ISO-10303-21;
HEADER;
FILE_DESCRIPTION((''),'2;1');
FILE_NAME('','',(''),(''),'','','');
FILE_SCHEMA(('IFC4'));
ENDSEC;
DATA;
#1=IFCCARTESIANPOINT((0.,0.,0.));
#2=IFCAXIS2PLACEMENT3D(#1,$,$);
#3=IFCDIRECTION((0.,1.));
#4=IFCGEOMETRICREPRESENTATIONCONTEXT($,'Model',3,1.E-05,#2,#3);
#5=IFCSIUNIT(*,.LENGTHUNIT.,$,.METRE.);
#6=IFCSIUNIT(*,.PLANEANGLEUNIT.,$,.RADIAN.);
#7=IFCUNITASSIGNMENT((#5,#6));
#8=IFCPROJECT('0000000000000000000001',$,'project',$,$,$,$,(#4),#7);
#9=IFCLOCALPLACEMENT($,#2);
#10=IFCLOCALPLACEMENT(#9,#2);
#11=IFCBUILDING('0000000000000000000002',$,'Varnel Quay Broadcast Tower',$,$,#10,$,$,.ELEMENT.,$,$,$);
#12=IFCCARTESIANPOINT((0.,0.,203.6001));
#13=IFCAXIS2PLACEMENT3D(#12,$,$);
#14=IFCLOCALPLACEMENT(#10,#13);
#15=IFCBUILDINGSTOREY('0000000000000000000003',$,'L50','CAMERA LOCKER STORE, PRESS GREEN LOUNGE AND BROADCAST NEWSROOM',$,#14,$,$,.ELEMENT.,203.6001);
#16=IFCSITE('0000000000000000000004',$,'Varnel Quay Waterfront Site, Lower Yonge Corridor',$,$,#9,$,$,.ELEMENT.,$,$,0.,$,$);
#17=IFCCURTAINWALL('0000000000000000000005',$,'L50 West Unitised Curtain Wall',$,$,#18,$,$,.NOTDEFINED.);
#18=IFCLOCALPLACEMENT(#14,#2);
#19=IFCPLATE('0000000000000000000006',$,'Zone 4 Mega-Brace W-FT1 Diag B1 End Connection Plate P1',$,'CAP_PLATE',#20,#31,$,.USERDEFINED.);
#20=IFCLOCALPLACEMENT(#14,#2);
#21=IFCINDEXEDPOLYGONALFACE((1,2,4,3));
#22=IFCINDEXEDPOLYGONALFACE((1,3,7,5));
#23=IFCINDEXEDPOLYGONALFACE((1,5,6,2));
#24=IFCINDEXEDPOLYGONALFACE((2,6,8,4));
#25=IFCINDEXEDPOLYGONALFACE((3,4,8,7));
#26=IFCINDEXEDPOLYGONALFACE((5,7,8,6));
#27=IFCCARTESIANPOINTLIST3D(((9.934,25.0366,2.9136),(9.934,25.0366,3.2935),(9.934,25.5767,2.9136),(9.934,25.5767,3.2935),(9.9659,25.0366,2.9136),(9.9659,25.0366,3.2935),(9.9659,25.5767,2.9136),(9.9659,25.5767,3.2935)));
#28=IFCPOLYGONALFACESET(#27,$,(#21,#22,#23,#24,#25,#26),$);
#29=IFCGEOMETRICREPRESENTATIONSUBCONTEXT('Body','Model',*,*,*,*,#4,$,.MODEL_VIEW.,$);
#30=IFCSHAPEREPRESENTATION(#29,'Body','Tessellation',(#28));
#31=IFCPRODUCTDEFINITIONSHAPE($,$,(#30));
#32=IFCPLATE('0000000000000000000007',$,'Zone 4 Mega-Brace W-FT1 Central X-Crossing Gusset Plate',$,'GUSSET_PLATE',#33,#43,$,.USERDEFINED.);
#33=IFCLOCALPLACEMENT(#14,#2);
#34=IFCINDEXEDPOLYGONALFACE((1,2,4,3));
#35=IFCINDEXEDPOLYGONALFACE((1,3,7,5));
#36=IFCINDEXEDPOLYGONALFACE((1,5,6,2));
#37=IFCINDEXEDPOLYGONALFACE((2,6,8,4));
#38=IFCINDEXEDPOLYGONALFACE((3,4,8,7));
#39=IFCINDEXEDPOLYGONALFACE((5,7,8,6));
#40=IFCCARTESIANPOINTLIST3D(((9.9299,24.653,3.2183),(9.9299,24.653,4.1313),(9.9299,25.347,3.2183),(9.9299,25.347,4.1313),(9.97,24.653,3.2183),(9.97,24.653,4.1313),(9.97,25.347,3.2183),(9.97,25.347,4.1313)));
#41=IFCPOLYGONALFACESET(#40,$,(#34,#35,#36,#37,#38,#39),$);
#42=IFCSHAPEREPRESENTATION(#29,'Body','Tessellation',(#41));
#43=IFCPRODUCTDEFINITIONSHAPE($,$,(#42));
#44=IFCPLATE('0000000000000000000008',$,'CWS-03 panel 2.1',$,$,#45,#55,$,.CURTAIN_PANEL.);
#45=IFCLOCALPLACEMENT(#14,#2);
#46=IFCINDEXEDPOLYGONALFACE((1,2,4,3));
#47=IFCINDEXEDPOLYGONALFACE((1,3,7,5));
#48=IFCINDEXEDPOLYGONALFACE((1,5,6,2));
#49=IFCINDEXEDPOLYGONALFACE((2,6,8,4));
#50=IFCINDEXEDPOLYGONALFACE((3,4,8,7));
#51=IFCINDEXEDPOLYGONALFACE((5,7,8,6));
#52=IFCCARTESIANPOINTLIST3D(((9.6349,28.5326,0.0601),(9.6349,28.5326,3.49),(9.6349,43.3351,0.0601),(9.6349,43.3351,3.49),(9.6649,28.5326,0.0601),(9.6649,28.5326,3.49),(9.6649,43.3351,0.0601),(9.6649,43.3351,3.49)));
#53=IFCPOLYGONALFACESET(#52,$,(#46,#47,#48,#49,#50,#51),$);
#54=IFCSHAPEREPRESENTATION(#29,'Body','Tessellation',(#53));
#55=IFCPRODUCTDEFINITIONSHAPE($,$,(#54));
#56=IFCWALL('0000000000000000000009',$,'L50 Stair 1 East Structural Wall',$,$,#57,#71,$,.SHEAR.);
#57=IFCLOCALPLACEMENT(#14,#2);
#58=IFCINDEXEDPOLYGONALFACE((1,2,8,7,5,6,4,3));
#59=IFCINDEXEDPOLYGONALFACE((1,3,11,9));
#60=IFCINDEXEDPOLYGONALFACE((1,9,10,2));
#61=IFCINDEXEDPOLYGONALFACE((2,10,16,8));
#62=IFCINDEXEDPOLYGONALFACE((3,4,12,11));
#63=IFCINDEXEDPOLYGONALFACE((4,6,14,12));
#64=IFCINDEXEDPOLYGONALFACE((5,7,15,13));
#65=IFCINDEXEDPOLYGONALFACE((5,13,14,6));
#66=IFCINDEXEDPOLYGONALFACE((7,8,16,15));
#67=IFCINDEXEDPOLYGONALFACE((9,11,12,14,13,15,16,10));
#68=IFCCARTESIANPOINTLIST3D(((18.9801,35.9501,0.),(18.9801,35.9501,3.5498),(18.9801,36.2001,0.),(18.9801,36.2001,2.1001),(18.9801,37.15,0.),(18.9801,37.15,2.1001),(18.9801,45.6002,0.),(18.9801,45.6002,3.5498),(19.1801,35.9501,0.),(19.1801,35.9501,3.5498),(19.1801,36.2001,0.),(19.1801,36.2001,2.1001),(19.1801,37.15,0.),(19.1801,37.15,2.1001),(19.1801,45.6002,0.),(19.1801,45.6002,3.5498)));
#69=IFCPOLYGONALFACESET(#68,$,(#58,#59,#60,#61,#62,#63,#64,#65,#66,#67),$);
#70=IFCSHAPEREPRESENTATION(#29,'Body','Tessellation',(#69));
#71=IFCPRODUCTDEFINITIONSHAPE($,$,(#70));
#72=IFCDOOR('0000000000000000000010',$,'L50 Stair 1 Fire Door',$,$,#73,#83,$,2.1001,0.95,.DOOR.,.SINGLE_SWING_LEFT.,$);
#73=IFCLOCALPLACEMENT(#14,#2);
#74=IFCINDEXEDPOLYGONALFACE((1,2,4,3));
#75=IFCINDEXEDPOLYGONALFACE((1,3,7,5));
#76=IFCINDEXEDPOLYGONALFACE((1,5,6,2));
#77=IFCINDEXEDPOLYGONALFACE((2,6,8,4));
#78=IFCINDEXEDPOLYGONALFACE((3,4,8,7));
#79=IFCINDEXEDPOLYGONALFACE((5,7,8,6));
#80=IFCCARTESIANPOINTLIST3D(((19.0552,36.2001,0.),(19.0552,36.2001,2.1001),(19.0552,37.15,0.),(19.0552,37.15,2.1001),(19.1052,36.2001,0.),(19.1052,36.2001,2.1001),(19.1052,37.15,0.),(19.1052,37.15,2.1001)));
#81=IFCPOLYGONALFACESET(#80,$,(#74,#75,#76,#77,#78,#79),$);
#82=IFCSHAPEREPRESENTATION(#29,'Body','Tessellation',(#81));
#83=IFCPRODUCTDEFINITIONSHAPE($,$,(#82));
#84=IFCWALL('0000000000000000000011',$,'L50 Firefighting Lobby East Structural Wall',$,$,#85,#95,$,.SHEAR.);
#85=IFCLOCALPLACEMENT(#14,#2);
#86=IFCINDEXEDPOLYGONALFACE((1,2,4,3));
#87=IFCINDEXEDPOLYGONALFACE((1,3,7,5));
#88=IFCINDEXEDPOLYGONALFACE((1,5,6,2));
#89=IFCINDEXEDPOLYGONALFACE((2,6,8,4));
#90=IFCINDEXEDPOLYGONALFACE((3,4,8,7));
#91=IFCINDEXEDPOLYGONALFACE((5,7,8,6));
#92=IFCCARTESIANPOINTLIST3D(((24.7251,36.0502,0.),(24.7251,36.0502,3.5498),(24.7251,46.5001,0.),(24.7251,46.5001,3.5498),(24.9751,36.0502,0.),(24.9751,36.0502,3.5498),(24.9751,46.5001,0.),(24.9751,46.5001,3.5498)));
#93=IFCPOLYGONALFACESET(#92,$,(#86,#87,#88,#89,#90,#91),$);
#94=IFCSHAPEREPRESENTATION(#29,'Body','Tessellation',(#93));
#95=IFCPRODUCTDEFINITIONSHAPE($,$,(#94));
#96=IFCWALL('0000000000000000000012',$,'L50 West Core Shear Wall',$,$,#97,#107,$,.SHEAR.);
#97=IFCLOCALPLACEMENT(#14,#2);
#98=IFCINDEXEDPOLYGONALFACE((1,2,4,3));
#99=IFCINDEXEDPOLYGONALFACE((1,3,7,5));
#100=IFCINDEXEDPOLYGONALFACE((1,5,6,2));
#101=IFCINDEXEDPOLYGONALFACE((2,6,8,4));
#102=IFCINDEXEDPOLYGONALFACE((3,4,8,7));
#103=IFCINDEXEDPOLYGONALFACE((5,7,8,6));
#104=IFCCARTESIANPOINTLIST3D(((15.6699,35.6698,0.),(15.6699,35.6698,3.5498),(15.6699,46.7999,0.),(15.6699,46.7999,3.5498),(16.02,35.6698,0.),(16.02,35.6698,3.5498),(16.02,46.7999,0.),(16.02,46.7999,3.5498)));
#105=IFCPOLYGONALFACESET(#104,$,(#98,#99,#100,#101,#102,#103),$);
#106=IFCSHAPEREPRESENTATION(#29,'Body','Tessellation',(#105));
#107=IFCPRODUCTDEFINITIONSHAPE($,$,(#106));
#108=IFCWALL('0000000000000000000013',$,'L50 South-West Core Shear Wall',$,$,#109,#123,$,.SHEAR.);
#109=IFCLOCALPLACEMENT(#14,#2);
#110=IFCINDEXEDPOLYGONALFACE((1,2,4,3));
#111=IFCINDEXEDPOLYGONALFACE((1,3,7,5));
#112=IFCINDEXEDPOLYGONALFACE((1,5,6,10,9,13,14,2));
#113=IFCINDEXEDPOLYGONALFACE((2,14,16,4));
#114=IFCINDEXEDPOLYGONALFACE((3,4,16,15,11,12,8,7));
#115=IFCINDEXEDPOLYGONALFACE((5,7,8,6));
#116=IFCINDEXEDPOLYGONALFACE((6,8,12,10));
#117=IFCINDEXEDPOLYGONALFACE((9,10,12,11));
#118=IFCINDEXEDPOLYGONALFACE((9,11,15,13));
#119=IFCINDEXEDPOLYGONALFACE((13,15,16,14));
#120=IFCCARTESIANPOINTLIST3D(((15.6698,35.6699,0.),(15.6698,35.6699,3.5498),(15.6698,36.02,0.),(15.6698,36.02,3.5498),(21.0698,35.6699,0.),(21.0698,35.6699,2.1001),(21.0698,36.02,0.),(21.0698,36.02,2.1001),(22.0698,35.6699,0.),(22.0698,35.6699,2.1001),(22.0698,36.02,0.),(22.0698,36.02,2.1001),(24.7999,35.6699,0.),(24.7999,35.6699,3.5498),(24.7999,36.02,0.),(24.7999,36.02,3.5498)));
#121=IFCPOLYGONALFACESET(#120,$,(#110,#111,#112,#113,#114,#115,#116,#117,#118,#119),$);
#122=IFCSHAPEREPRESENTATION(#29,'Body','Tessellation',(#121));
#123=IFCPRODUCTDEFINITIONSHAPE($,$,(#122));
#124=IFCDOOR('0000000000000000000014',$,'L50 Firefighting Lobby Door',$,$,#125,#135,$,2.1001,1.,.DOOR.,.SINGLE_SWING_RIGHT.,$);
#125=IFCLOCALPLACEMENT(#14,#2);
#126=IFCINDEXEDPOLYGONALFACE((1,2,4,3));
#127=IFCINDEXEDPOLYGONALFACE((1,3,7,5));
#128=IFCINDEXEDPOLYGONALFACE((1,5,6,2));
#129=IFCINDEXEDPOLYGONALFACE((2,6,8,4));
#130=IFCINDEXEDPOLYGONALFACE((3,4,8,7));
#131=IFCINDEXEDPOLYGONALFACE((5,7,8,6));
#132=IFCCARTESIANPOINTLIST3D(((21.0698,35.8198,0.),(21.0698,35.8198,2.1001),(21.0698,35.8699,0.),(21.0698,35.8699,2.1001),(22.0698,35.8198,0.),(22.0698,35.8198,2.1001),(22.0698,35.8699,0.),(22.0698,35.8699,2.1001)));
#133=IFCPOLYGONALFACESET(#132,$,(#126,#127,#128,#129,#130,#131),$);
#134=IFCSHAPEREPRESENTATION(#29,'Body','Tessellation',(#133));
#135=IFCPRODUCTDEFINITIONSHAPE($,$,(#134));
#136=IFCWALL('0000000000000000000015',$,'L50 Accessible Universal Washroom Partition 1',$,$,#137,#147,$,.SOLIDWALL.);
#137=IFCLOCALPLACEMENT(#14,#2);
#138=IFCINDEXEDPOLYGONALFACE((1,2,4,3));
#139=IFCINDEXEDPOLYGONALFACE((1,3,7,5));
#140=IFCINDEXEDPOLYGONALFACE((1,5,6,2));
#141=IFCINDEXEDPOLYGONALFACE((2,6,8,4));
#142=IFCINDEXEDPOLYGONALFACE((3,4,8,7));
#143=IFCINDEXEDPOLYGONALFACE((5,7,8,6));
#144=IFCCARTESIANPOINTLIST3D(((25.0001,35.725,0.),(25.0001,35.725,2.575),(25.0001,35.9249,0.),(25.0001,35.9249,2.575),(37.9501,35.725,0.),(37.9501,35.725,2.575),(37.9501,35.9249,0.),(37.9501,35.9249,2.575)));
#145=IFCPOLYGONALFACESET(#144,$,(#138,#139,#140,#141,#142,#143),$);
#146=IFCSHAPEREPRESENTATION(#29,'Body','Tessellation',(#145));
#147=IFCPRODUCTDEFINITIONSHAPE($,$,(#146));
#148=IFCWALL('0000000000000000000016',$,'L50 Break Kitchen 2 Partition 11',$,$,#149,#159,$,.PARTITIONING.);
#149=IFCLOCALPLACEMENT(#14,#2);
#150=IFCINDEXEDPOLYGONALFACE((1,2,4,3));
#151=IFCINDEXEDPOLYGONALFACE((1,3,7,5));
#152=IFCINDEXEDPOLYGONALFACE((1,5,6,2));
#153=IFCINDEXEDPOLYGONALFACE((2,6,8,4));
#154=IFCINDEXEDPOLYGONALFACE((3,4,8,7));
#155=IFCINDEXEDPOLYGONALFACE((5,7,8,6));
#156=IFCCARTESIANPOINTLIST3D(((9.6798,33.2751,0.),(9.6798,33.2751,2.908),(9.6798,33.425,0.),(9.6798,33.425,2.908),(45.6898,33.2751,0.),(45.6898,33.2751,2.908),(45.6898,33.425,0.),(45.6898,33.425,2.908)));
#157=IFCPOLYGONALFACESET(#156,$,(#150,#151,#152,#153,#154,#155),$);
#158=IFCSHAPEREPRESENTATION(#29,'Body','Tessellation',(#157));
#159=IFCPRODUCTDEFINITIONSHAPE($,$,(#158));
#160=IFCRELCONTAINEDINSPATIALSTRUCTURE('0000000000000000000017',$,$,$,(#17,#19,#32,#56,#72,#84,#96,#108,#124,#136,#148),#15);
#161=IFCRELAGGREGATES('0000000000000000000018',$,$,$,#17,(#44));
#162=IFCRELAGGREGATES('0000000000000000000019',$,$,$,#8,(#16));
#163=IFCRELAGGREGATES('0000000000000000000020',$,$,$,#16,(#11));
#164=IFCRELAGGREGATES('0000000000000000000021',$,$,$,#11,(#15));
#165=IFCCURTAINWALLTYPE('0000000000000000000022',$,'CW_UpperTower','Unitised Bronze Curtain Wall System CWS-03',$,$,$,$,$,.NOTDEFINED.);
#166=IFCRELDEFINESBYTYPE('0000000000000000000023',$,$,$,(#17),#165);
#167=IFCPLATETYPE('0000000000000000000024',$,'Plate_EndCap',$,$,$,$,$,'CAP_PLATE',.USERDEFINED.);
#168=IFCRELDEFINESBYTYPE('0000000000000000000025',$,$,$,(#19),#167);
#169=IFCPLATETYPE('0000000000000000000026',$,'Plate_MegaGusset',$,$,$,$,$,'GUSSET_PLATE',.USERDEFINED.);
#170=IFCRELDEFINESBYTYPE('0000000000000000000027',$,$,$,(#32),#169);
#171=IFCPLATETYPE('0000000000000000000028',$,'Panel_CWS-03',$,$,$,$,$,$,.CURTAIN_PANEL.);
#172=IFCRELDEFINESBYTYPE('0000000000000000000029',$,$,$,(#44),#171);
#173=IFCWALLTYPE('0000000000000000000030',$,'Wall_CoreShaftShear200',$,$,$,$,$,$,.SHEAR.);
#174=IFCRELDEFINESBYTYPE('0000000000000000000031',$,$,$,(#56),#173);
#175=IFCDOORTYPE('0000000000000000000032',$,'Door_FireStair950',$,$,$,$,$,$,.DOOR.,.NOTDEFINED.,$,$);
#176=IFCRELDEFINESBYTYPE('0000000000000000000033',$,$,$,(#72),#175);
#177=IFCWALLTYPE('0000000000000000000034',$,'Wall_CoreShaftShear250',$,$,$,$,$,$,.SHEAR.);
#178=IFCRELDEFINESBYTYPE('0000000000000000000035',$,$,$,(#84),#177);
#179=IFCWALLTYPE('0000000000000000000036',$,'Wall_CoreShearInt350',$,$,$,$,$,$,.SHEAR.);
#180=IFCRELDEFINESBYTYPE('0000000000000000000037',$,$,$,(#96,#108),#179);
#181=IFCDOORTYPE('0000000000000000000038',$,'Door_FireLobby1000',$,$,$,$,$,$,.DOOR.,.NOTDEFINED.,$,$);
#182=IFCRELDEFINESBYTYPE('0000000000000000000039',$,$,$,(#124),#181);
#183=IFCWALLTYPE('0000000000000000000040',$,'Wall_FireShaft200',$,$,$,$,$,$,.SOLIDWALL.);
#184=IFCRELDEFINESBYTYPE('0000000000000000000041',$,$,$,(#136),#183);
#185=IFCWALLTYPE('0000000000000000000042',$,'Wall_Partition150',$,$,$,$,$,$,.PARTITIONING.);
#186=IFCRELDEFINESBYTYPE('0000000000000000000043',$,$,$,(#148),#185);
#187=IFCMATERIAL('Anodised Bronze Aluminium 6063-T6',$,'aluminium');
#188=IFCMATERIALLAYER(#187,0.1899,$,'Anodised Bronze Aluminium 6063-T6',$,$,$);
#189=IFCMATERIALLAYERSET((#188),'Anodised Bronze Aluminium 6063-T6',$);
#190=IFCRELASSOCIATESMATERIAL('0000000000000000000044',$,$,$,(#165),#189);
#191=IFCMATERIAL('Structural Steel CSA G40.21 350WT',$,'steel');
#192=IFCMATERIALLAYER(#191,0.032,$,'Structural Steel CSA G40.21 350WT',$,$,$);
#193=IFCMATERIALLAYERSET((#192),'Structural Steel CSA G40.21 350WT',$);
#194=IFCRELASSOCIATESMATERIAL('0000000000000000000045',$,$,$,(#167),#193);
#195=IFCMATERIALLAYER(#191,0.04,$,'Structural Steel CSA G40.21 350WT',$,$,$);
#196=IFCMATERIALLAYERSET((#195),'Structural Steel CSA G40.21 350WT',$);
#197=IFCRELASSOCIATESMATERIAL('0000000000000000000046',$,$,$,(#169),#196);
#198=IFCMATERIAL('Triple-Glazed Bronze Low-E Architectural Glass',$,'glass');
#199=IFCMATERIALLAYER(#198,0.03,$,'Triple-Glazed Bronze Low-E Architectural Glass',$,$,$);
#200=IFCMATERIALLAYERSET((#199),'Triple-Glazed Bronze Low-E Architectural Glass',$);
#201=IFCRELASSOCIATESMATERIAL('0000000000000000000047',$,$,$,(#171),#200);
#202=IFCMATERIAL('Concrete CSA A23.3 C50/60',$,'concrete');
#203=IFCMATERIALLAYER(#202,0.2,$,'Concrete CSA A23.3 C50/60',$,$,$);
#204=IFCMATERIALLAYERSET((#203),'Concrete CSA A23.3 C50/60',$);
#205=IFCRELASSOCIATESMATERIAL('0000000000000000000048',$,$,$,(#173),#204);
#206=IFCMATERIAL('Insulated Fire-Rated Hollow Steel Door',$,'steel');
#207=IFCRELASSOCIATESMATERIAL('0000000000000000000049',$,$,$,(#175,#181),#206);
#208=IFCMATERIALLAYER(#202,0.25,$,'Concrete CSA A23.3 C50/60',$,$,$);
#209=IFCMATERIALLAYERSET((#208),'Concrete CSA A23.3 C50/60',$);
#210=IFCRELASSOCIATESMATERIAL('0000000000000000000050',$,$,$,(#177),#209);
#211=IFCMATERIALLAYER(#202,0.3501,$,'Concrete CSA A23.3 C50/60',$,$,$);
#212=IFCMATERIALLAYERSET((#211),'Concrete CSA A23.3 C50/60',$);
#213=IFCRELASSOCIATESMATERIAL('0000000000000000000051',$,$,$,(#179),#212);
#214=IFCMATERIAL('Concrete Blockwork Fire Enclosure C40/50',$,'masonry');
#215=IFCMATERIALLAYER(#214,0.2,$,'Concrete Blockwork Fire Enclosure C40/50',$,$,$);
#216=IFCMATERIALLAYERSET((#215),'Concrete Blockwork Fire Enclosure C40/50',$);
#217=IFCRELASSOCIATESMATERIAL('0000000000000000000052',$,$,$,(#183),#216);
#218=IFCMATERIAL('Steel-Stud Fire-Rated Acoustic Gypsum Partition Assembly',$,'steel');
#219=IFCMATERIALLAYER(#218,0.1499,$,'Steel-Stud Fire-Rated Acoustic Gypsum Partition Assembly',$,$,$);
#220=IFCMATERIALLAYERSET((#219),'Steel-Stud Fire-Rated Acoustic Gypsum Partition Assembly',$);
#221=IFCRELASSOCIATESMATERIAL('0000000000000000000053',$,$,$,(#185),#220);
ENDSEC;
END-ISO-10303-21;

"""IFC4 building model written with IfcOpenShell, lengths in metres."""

from ifc_helpers import new_model, si_unit, direction, frame, frame_2d, origin, origin_2d, place, context, subcontext, project, spatial, rectangle, extrude, source, transform, mapped, material, layer, layer_set, type_object, type_shapes, element, fill, aggregate, save


model = new_model("IFC4")

# Units and contexts
model_context = context("Model", 3, precision=1e-05, world=origin(), true_north=direction((0.0, 1.0)))
body_context = subcontext(model_context, "Body", "Model", "MODEL_VIEW")
ifc_project = project(units=[si_unit("LENGTHUNIT", "METRE"), si_unit("PLANEANGLEUNIT", "RADIAN")], contexts=[model_context])

# Site, building, storey
site_placement = place(None, origin())
site = spatial("IfcSite", under=ifc_project, at=site_placement, Name="Varnel Quay Waterfront Site, Lower Yonge Corridor", CompositionType="ELEMENT", RefElevation=0.0)
building_placement = place(site_placement, origin())
building = spatial("IfcBuilding", under=site, at=building_placement, Name="Varnel Quay Broadcast Tower", CompositionType="ELEMENT")
storey_placement = place(building_placement, frame((0.0, 0.0, 203.6001)))
storey = spatial("IfcBuildingStorey", under=building, at=storey_placement, Name="L50", Description="CAMERA LOCKER STORE, PRESS GREEN LOUNGE AND BROADCAST NEWSROOM", CompositionType="ELEMENT", Elevation=203.6001)

# Shared definitions
ifc_material_1 = material(Name="Structural Steel CSA G40.21 350WT", Category="steel")

# Shared definitions
ifc_material_2 = material(Name="Concrete CSA A23.3 C50/60", Category="concrete")

# Curtain wall
ifc_material_3 = material(Name="Anodised Bronze Aluminium 6063-T6", Category="aluminium")
ifc_layer_1 = layer(ifc_material_3, 0.1899, Name="Anodised Bronze Aluminium 6063-T6")
ifc_layer_set_1 = layer_set([ifc_layer_1], Name="Anodised Bronze Aluminium 6063-T6")
curtain_wall_type = type_object("IfcCurtainWallType", Name="CW_UpperTower", Description="Unitised Bronze Curtain Wall System CWS-03", PredefinedType="NOTDEFINED", material=ifc_layer_set_1)
curtain_wall_placement = place(storey_placement, origin())
curtain_wall = element("IfcCurtainWall", 1, at=curtain_wall_placement, inside=storey, type_object=curtain_wall_type, Name="L50 West Unitised Curtain Wall", PredefinedType="NOTDEFINED")

# Plates
ifc_layer_2 = layer(ifc_material_1, 0.032, Name="Structural Steel CSA G40.21 350WT")
ifc_layer_set_2 = layer_set([ifc_layer_2], Name="Structural Steel CSA G40.21 350WT")
plate_type_1 = type_object("IfcPlateType", Name="Plate_EndCap", ElementType="CAP_PLATE", PredefinedType="USERDEFINED", material=ifc_layer_set_2)
shared_shape_1 = source(origin(), body_context, "Body", "SweptSolid", [
    extrude(rectangle(XDim=0.54, YDim=0.032, at=origin_2d()), origin(), (0.0, 0.0, 1.0), 0.3799),
])
type_shapes(plate_type_1, [shared_shape_1])
plate_1_placement = place(storey_placement, frame((9.95, 25.3066, 2.9136), z_axis=(0.0, 0.0, 1.0), x_axis=(0.0, 1.0, 0.0)))
element("IfcPlate", 2, at=plate_1_placement, inside=storey, type_object=plate_type_1, Name="Zone 4 Mega-Brace W-FT1 Diag B1 End Connection Plate P1", ObjectType="CAP_PLATE", PredefinedType="USERDEFINED", context=body_context, shape_type="MappedRepresentation", body=[
    mapped(shared_shape_1, transform((0.0, 0.0, 0.0), x_axis=(1.0, 0.0, 0.0), y_axis=(0.0, 1.0, 0.0), z_axis=(0.0, 0.0, 1.0), scale=1.0)),
])
ifc_layer_3 = layer(ifc_material_1, 0.04, Name="Structural Steel CSA G40.21 350WT")
ifc_layer_set_3 = layer_set([ifc_layer_3], Name="Structural Steel CSA G40.21 350WT")
plate_type_2 = type_object("IfcPlateType", Name="Plate_MegaGusset", ElementType="GUSSET_PLATE", PredefinedType="USERDEFINED", material=ifc_layer_set_3)
shared_shape_2 = source(origin(), body_context, "Body", "SweptSolid", [
    extrude(rectangle(XDim=0.6941, YDim=0.04, at=origin_2d()), origin(), (0.0, 0.0, 1.0), 0.9131),
])
type_shapes(plate_type_2, [shared_shape_2])
plate_2_placement = place(storey_placement, frame((9.95, 25.0, 3.2183), z_axis=(0.0, 0.0, 1.0), x_axis=(0.0, 1.0, 0.0)))
element("IfcPlate", 3, at=plate_2_placement, inside=storey, type_object=plate_type_2, Name="Zone 4 Mega-Brace W-FT1 Central X-Crossing Gusset Plate", ObjectType="GUSSET_PLATE", PredefinedType="USERDEFINED", context=body_context, shape_type="MappedRepresentation", body=[
    mapped(shared_shape_2, transform((0.0, 0.0, 0.0), x_axis=(1.0, 0.0, 0.0), y_axis=(0.0, 1.0, 0.0), z_axis=(0.0, 0.0, 1.0), scale=1.0)),
])

# Plate
ifc_material_4 = material(Name="Triple-Glazed Bronze Low-E Architectural Glass", Category="glass")
ifc_layer_4 = layer(ifc_material_4, 0.03, Name="Triple-Glazed Bronze Low-E Architectural Glass")
ifc_layer_set_4 = layer_set([ifc_layer_4], Name="Triple-Glazed Bronze Low-E Architectural Glass")
plate_type_3 = type_object("IfcPlateType", Name="Panel_CWS-03", PredefinedType="CURTAIN_PANEL", material=ifc_layer_set_4)
shared_shape_3 = source(origin(), body_context, "Body", "SweptSolid", [
    extrude(rectangle(XDim=14.8025, YDim=0.03, at=origin_2d()), origin(), (0.0, 0.0, 1.0), 3.4299),
])
type_shapes(plate_type_3, [shared_shape_3])
plate_3_placement = place(storey_placement, frame((9.6499, 35.9338, 0.0601), z_axis=(0.0, 0.0, 1.0), x_axis=(0.0, 1.0, 0.0)))
plate_3 = element("IfcPlate", 4, at=plate_3_placement, type_object=plate_type_3, Name="CWS-03 panel 2.1", PredefinedType="CURTAIN_PANEL", context=body_context, shape_type="MappedRepresentation", body=[
    mapped(shared_shape_3, transform((0.0, 0.0, 0.0), x_axis=(1.0, 0.0, 0.0), y_axis=(0.0, 1.0, 0.0), z_axis=(0.0, 0.0, 1.0), scale=1.0)),
])
aggregate(curtain_wall, [plate_3])

# Wall, opening, door
ifc_layer_5 = layer(ifc_material_2, 0.2, Name="Concrete CSA A23.3 C50/60")
ifc_layer_set_5 = layer_set([ifc_layer_5], Name="Concrete CSA A23.3 C50/60")
wall_type_1 = type_object("IfcWallType", Name="Wall_CoreShaftShear200", PredefinedType="SHEAR", material=ifc_layer_set_5)
wall_1_placement = place(storey_placement, frame((19.0801, 35.95, 0.0), z_axis=(0.0, 0.0, 1.0), x_axis=(0.0, 1.0, 0.0)))
wall_1 = element("IfcWall", 5, at=wall_1_placement, inside=storey, type_object=wall_type_1, Name="L50 Stair 1 East Structural Wall", PredefinedType="SHEAR", context=body_context, shape_type="SweptSolid", body=[
    extrude(rectangle(XDim=9.6501, YDim=0.2, at=frame_2d((4.8252, 0.0))), origin(), (0.0, 0.0, 1.0), 3.5498),
])
opening_1_placement = place(wall_1_placement, frame((0.25, 0.0, 0.0)))
opening_1 = element("IfcOpeningElement", 6, at=opening_1_placement, cuts=wall_1, PredefinedType="OPENING", context=body_context, shape_type="SweptSolid", body=[
    extrude(rectangle(XDim=0.95, YDim=2.1001, at=frame_2d((0.4751, 1.05))), frame((0.0, 0.1099, 0.0), z_axis=(0.0, -1.0, 0.0), x_axis=(1.0, 0.0, 0.0)), (0.0, 0.0, 1.0), 0.22),
])
ifc_material_5 = material(Name="Insulated Fire-Rated Hollow Steel Door", Category="steel")
door_type_1 = type_object("IfcDoorType", Name="Door_FireStair950", OperationType="NOTDEFINED", PredefinedType="DOOR", material=ifc_material_5)
shared_shape_4 = source(origin(), body_context, "Body", "SweptSolid", [
    extrude(rectangle(XDim=0.95, YDim=2.1001, at=frame_2d((0.4751, 1.05))), frame((0.0, 0.0249, 0.0), z_axis=(0.0, -1.0, 0.0), x_axis=(1.0, 0.0, 0.0)), (0.0, 0.0, 1.0), 0.05),
])
type_shapes(door_type_1, [shared_shape_4])
door_1_placement = place(opening_1_placement, origin())
door_1 = element("IfcDoor", 7, at=door_1_placement, inside=storey, type_object=door_type_1, Name="L50 Stair 1 Fire Door", OperationType="SINGLE_SWING_LEFT", OverallHeight=2.1001, OverallWidth=0.95, PredefinedType="DOOR", context=body_context, shape_type="MappedRepresentation", body=[
    mapped(shared_shape_4, transform((0.0, 0.0, 0.0), x_axis=(1.0, 0.0, 0.0), y_axis=(0.0, 1.0, 0.0), z_axis=(0.0, 0.0, 1.0), scale=1.0)),
])
fill(opening_1, door_1)

# Walls
ifc_layer_6 = layer(ifc_material_2, 0.25, Name="Concrete CSA A23.3 C50/60")
ifc_layer_set_6 = layer_set([ifc_layer_6], Name="Concrete CSA A23.3 C50/60")
wall_type_2 = type_object("IfcWallType", Name="Wall_CoreShaftShear250", PredefinedType="SHEAR", material=ifc_layer_set_6)
wall_2_placement = place(storey_placement, frame((24.8501, 36.05, 0.0), z_axis=(0.0, 0.0, 1.0), x_axis=(0.0, 1.0, 0.0)))
element("IfcWall", 8, at=wall_2_placement, inside=storey, type_object=wall_type_2, Name="L50 Firefighting Lobby East Structural Wall", PredefinedType="SHEAR", context=body_context, shape_type="SweptSolid", body=[
    extrude(rectangle(XDim=10.45, YDim=0.25, at=frame_2d((5.2251, 0.0))), origin(), (0.0, 0.0, 1.0), 3.5498),
])
ifc_layer_7 = layer(ifc_material_2, 0.3501, Name="Concrete CSA A23.3 C50/60")
ifc_layer_set_7 = layer_set([ifc_layer_7], Name="Concrete CSA A23.3 C50/60")
wall_type_3 = type_object("IfcWallType", Name="Wall_CoreShearInt350", PredefinedType="SHEAR", material=ifc_layer_set_7)
wall_3_placement = place(storey_placement, frame((15.845, 35.6699, 0.0), z_axis=(0.0, 0.0, 1.0), x_axis=(0.0, 1.0, 0.0)))
element("IfcWall", 9, at=wall_3_placement, inside=storey, type_object=wall_type_3, Name="L50 West Core Shear Wall", PredefinedType="SHEAR", context=body_context, shape_type="SweptSolid", body=[
    extrude(rectangle(XDim=11.1301, YDim=0.3501, at=frame_2d((5.5649, 0.0))), origin(), (0.0, 0.0, 1.0), 3.5498),
])

# Wall, opening, door
wall_4_placement = place(storey_placement, frame((15.6699, 35.845, 0.0), z_axis=(0.0, 0.0, 1.0), x_axis=(1.0, 0.0, 0.0)))
wall_4 = element("IfcWall", 10, at=wall_4_placement, inside=storey, type_object=wall_type_3, Name="L50 South-West Core Shear Wall", PredefinedType="SHEAR", context=body_context, shape_type="SweptSolid", body=[
    extrude(rectangle(XDim=9.1301, YDim=0.3501, at=frame_2d((4.5649, 0.0))), origin(), (0.0, 0.0, 1.0), 3.5498),
])
opening_2_placement = place(wall_4_placement, frame((5.3999, 0.0, 0.0)))
opening_2 = element("IfcOpeningElement", 11, at=opening_2_placement, cuts=wall_4, PredefinedType="OPENING", context=body_context, shape_type="SweptSolid", body=[
    extrude(rectangle(XDim=1.0, YDim=2.1001, at=frame_2d((0.5, 1.05))), frame((0.0, 0.1851, 0.0), z_axis=(0.0, -1.0, 0.0), x_axis=(1.0, 0.0, 0.0)), (0.0, 0.0, 1.0), 0.3701),
])
door_type_2 = type_object("IfcDoorType", Name="Door_FireLobby1000", OperationType="NOTDEFINED", PredefinedType="DOOR", material=ifc_material_5)
shared_shape_5 = source(origin(), body_context, "Body", "SweptSolid", [
    extrude(rectangle(XDim=1.0, YDim=2.1001, at=frame_2d((0.5, 1.05))), frame((0.0, 0.0249, 0.0), z_axis=(0.0, -1.0, 0.0), x_axis=(1.0, 0.0, 0.0)), (0.0, 0.0, 1.0), 0.05),
])
type_shapes(door_type_2, [shared_shape_5])
door_2_placement = place(opening_2_placement, origin())
door_2 = element("IfcDoor", 12, at=door_2_placement, inside=storey, type_object=door_type_2, Name="L50 Firefighting Lobby Door", OperationType="SINGLE_SWING_RIGHT", OverallHeight=2.1001, OverallWidth=1.0, PredefinedType="DOOR", context=body_context, shape_type="MappedRepresentation", body=[
    mapped(shared_shape_5, transform((0.0, 0.0, 0.0), x_axis=(1.0, 0.0, 0.0), y_axis=(0.0, 1.0, 0.0), z_axis=(0.0, 0.0, 1.0), scale=1.0)),
])
fill(opening_2, door_2)

# Walls
ifc_material_6 = material(Name="Concrete Blockwork Fire Enclosure C40/50", Category="masonry")
ifc_layer_8 = layer(ifc_material_6, 0.2, Name="Concrete Blockwork Fire Enclosure C40/50")
ifc_layer_set_8 = layer_set([ifc_layer_8], Name="Concrete Blockwork Fire Enclosure C40/50")
wall_type_4 = type_object("IfcWallType", Name="Wall_FireShaft200", PredefinedType="SOLIDWALL", material=ifc_layer_set_8)
wall_5_placement = place(storey_placement, frame((25.0, 35.825, 0.0), z_axis=(0.0, 0.0, 1.0), x_axis=(1.0, 0.0, 0.0)))
element("IfcWall", 13, at=wall_5_placement, inside=storey, type_object=wall_type_4, Name="L50 Accessible Universal Washroom Partition 1", PredefinedType="SOLIDWALL", context=body_context, shape_type="SweptSolid", body=[
    extrude(rectangle(XDim=12.95, YDim=0.2, at=frame_2d((6.4751, 0.0))), origin(), (0.0, 0.0, 1.0), 2.575),
])
ifc_material_7 = material(Name="Steel-Stud Fire-Rated Acoustic Gypsum Partition Assembly", Category="steel")
ifc_layer_9 = layer(ifc_material_7, 0.1499, Name="Steel-Stud Fire-Rated Acoustic Gypsum Partition Assembly")
ifc_layer_set_9 = layer_set([ifc_layer_9], Name="Steel-Stud Fire-Rated Acoustic Gypsum Partition Assembly")
wall_type_5 = type_object("IfcWallType", Name="Wall_Partition150", PredefinedType="PARTITIONING", material=ifc_layer_set_9)
wall_6_placement = place(storey_placement, frame((9.6799, 33.3501, 0.0), z_axis=(0.0, 0.0, 1.0), x_axis=(1.0, 0.0, 0.0)))
element("IfcWall", 14, at=wall_6_placement, inside=storey, type_object=wall_type_5, Name="L50 Break Kitchen 2 Partition 11", PredefinedType="PARTITIONING", context=body_context, shape_type="SweptSolid", body=[
    extrude(rectangle(XDim=36.01, YDim=0.1499, at=frame_2d((18.0049, 0.0))), origin(), (0.0, 0.0, 1.0), 2.908),
])

save(model, "model.ifc")
